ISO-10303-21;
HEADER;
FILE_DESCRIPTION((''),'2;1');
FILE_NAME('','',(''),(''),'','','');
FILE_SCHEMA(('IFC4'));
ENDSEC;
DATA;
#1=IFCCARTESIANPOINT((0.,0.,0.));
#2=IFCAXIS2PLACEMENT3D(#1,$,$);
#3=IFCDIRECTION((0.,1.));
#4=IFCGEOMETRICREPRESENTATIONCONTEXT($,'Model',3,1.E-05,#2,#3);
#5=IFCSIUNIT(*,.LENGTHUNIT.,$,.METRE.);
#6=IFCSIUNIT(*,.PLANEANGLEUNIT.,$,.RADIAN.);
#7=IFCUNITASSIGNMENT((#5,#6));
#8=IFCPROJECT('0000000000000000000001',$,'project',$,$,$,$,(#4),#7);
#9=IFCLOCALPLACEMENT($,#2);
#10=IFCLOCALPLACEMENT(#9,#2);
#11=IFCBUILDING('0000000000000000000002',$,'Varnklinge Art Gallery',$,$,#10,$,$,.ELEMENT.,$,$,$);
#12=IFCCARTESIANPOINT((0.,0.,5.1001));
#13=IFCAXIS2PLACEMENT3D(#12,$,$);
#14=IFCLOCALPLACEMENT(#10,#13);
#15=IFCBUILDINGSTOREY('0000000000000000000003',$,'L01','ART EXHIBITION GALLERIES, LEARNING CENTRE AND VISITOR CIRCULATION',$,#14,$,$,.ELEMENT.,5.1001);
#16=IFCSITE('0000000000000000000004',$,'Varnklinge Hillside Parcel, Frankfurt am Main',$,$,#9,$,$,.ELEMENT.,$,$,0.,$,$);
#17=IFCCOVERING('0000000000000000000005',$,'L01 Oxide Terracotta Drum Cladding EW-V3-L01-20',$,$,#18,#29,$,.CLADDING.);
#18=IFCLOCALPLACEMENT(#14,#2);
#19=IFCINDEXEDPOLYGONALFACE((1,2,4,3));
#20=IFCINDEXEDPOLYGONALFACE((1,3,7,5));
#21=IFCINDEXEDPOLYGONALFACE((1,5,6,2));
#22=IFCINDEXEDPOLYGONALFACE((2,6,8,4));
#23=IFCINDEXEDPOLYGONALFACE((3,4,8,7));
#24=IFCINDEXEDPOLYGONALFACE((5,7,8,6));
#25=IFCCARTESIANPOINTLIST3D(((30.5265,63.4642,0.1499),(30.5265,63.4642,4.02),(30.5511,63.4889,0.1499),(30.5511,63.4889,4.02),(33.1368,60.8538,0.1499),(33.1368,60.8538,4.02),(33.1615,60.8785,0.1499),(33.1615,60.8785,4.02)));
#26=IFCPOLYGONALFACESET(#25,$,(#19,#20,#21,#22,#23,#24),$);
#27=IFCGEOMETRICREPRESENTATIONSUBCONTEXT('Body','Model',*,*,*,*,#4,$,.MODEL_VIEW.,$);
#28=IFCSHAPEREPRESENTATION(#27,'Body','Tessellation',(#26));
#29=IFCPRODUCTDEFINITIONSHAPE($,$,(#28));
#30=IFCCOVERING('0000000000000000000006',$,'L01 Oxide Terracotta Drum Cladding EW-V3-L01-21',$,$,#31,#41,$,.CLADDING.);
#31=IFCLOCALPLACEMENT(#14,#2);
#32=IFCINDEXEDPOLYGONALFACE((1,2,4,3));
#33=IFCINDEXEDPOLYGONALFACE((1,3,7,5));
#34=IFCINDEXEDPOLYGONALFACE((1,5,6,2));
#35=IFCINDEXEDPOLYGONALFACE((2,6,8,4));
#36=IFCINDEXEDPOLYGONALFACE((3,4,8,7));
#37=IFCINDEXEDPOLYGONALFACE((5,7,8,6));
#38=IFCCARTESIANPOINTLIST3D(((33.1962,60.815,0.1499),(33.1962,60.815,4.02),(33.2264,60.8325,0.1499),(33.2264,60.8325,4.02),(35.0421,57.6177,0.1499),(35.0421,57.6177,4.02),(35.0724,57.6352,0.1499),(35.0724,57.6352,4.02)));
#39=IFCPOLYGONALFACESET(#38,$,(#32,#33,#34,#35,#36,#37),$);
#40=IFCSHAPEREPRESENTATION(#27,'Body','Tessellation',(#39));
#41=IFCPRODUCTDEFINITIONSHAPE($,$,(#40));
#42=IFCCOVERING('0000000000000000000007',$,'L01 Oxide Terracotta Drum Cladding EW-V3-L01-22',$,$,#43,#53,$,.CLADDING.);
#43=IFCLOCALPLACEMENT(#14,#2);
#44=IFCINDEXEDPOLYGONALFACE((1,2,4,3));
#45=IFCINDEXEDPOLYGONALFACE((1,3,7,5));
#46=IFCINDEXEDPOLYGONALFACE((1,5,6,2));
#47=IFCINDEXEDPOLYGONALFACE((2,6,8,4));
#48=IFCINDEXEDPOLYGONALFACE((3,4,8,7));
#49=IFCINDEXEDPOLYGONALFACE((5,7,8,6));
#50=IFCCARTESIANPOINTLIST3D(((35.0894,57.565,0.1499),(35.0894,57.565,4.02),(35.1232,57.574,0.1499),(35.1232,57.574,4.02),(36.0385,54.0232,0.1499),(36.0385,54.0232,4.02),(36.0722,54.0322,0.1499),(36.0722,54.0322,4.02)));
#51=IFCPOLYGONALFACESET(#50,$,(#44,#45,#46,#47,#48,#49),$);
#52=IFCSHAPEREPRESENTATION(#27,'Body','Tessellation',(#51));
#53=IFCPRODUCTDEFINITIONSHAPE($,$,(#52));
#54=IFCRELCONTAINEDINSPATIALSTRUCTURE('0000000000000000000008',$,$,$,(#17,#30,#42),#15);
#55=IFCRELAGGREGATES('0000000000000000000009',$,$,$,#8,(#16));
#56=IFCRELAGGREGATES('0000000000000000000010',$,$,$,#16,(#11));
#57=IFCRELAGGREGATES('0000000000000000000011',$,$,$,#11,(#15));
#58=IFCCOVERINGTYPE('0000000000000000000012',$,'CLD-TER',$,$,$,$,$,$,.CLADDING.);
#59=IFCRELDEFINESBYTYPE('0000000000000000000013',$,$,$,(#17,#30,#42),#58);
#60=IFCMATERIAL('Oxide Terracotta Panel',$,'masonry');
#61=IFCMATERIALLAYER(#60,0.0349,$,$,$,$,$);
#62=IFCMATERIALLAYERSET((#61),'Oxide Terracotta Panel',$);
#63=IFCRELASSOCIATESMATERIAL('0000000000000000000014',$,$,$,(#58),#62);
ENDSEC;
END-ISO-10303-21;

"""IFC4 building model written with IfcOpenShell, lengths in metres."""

from ifc_helpers import new_model, si_unit, direction, frame, origin, origin_2d, place, context, subcontext, project, spatial, rectangle, extrude, material, layer, layer_set, type_object, element, save


model = new_model("IFC4")

# Units and contexts
model_context = context("Model", 3, precision=1e-05, world=origin(), true_north=direction((0.0, 1.0)))
body_context = subcontext(model_context, "Body", "Model", "MODEL_VIEW")
ifc_project = project(units=[si_unit("LENGTHUNIT", "METRE"), si_unit("PLANEANGLEUNIT", "RADIAN")], contexts=[model_context])

# Site, building, storey
site_placement = place(None, origin())
site = spatial("IfcSite", under=ifc_project, at=site_placement, Name="Varnklinge Hillside Parcel, Frankfurt am Main", CompositionType="ELEMENT", RefElevation=0.0)
building_placement = place(site_placement, origin())
building = spatial("IfcBuilding", under=site, at=building_placement, Name="Varnklinge Art Gallery", CompositionType="ELEMENT")
storey_placement = place(building_placement, frame((0.0, 0.0, 5.1001)))
storey = spatial("IfcBuildingStorey", under=building, at=storey_placement, Name="L01", Description="ART EXHIBITION GALLERIES, LEARNING CENTRE AND VISITOR CIRCULATION", CompositionType="ELEMENT", Elevation=5.1001)

# Coverings
ifc_material_1 = material(Name="Oxide Terracotta Panel", Category="masonry")
ifc_layer_1 = layer(ifc_material_1, 0.0349)
ifc_layer_set_1 = layer_set([ifc_layer_1], Name="Oxide Terracotta Panel")
covering_type = type_object("IfcCoveringType", Name="CLD-TER", PredefinedType="CLADDING", material=ifc_layer_set_1)
covering_1_placement = place(storey_placement, frame((31.844, 62.1714, 0.1499), z_axis=(0.0, 0.0, 1.0), x_axis=(0.707107, -0.707107, 0.0)))
element("IfcCovering", 1, at=covering_1_placement, inside=storey, type_object=covering_type, Name="L01 Oxide Terracotta Drum Cladding EW-V3-L01-20", PredefinedType="CLADDING", context=body_context, shape_type="SweptSolid", body=[
    extrude(rectangle(XDim=3.6917, YDim=0.0349, at=origin_2d()), origin(), (0.0, 0.0, 1.0), 3.8701),
])
covering_2_placement = place(storey_placement, frame((34.1343, 59.2251, 0.1499), z_axis=(0.0, 0.0, 1.0), x_axis=(0.5, -0.866025, 0.0)))
element("IfcCovering", 2, at=covering_2_placement, inside=storey, type_object=covering_type, Name="L01 Oxide Terracotta Drum Cladding EW-V3-L01-21", PredefinedType="CLADDING", context=body_context, shape_type="SweptSolid", body=[
    extrude(rectangle(XDim=3.6919, YDim=0.0349, at=origin_2d()), origin(), (0.0, 0.0, 1.0), 3.8701),
])
covering_3_placement = place(storey_placement, frame((35.5808, 55.7986, 0.1499), z_axis=(0.0, 0.0, 1.0), x_axis=(0.258819, -0.965926, 0.0)))
element("IfcCovering", 3, at=covering_3_placement, inside=storey, type_object=covering_type, Name="L01 Oxide Terracotta Drum Cladding EW-V3-L01-22", PredefinedType="CLADDING", context=body_context, shape_type="SweptSolid", body=[
    extrude(rectangle(XDim=3.6667, YDim=0.0349, at=origin_2d()), origin(), (0.0, 0.0, 1.0), 3.8701),
])

save(model, "model.ifc")
